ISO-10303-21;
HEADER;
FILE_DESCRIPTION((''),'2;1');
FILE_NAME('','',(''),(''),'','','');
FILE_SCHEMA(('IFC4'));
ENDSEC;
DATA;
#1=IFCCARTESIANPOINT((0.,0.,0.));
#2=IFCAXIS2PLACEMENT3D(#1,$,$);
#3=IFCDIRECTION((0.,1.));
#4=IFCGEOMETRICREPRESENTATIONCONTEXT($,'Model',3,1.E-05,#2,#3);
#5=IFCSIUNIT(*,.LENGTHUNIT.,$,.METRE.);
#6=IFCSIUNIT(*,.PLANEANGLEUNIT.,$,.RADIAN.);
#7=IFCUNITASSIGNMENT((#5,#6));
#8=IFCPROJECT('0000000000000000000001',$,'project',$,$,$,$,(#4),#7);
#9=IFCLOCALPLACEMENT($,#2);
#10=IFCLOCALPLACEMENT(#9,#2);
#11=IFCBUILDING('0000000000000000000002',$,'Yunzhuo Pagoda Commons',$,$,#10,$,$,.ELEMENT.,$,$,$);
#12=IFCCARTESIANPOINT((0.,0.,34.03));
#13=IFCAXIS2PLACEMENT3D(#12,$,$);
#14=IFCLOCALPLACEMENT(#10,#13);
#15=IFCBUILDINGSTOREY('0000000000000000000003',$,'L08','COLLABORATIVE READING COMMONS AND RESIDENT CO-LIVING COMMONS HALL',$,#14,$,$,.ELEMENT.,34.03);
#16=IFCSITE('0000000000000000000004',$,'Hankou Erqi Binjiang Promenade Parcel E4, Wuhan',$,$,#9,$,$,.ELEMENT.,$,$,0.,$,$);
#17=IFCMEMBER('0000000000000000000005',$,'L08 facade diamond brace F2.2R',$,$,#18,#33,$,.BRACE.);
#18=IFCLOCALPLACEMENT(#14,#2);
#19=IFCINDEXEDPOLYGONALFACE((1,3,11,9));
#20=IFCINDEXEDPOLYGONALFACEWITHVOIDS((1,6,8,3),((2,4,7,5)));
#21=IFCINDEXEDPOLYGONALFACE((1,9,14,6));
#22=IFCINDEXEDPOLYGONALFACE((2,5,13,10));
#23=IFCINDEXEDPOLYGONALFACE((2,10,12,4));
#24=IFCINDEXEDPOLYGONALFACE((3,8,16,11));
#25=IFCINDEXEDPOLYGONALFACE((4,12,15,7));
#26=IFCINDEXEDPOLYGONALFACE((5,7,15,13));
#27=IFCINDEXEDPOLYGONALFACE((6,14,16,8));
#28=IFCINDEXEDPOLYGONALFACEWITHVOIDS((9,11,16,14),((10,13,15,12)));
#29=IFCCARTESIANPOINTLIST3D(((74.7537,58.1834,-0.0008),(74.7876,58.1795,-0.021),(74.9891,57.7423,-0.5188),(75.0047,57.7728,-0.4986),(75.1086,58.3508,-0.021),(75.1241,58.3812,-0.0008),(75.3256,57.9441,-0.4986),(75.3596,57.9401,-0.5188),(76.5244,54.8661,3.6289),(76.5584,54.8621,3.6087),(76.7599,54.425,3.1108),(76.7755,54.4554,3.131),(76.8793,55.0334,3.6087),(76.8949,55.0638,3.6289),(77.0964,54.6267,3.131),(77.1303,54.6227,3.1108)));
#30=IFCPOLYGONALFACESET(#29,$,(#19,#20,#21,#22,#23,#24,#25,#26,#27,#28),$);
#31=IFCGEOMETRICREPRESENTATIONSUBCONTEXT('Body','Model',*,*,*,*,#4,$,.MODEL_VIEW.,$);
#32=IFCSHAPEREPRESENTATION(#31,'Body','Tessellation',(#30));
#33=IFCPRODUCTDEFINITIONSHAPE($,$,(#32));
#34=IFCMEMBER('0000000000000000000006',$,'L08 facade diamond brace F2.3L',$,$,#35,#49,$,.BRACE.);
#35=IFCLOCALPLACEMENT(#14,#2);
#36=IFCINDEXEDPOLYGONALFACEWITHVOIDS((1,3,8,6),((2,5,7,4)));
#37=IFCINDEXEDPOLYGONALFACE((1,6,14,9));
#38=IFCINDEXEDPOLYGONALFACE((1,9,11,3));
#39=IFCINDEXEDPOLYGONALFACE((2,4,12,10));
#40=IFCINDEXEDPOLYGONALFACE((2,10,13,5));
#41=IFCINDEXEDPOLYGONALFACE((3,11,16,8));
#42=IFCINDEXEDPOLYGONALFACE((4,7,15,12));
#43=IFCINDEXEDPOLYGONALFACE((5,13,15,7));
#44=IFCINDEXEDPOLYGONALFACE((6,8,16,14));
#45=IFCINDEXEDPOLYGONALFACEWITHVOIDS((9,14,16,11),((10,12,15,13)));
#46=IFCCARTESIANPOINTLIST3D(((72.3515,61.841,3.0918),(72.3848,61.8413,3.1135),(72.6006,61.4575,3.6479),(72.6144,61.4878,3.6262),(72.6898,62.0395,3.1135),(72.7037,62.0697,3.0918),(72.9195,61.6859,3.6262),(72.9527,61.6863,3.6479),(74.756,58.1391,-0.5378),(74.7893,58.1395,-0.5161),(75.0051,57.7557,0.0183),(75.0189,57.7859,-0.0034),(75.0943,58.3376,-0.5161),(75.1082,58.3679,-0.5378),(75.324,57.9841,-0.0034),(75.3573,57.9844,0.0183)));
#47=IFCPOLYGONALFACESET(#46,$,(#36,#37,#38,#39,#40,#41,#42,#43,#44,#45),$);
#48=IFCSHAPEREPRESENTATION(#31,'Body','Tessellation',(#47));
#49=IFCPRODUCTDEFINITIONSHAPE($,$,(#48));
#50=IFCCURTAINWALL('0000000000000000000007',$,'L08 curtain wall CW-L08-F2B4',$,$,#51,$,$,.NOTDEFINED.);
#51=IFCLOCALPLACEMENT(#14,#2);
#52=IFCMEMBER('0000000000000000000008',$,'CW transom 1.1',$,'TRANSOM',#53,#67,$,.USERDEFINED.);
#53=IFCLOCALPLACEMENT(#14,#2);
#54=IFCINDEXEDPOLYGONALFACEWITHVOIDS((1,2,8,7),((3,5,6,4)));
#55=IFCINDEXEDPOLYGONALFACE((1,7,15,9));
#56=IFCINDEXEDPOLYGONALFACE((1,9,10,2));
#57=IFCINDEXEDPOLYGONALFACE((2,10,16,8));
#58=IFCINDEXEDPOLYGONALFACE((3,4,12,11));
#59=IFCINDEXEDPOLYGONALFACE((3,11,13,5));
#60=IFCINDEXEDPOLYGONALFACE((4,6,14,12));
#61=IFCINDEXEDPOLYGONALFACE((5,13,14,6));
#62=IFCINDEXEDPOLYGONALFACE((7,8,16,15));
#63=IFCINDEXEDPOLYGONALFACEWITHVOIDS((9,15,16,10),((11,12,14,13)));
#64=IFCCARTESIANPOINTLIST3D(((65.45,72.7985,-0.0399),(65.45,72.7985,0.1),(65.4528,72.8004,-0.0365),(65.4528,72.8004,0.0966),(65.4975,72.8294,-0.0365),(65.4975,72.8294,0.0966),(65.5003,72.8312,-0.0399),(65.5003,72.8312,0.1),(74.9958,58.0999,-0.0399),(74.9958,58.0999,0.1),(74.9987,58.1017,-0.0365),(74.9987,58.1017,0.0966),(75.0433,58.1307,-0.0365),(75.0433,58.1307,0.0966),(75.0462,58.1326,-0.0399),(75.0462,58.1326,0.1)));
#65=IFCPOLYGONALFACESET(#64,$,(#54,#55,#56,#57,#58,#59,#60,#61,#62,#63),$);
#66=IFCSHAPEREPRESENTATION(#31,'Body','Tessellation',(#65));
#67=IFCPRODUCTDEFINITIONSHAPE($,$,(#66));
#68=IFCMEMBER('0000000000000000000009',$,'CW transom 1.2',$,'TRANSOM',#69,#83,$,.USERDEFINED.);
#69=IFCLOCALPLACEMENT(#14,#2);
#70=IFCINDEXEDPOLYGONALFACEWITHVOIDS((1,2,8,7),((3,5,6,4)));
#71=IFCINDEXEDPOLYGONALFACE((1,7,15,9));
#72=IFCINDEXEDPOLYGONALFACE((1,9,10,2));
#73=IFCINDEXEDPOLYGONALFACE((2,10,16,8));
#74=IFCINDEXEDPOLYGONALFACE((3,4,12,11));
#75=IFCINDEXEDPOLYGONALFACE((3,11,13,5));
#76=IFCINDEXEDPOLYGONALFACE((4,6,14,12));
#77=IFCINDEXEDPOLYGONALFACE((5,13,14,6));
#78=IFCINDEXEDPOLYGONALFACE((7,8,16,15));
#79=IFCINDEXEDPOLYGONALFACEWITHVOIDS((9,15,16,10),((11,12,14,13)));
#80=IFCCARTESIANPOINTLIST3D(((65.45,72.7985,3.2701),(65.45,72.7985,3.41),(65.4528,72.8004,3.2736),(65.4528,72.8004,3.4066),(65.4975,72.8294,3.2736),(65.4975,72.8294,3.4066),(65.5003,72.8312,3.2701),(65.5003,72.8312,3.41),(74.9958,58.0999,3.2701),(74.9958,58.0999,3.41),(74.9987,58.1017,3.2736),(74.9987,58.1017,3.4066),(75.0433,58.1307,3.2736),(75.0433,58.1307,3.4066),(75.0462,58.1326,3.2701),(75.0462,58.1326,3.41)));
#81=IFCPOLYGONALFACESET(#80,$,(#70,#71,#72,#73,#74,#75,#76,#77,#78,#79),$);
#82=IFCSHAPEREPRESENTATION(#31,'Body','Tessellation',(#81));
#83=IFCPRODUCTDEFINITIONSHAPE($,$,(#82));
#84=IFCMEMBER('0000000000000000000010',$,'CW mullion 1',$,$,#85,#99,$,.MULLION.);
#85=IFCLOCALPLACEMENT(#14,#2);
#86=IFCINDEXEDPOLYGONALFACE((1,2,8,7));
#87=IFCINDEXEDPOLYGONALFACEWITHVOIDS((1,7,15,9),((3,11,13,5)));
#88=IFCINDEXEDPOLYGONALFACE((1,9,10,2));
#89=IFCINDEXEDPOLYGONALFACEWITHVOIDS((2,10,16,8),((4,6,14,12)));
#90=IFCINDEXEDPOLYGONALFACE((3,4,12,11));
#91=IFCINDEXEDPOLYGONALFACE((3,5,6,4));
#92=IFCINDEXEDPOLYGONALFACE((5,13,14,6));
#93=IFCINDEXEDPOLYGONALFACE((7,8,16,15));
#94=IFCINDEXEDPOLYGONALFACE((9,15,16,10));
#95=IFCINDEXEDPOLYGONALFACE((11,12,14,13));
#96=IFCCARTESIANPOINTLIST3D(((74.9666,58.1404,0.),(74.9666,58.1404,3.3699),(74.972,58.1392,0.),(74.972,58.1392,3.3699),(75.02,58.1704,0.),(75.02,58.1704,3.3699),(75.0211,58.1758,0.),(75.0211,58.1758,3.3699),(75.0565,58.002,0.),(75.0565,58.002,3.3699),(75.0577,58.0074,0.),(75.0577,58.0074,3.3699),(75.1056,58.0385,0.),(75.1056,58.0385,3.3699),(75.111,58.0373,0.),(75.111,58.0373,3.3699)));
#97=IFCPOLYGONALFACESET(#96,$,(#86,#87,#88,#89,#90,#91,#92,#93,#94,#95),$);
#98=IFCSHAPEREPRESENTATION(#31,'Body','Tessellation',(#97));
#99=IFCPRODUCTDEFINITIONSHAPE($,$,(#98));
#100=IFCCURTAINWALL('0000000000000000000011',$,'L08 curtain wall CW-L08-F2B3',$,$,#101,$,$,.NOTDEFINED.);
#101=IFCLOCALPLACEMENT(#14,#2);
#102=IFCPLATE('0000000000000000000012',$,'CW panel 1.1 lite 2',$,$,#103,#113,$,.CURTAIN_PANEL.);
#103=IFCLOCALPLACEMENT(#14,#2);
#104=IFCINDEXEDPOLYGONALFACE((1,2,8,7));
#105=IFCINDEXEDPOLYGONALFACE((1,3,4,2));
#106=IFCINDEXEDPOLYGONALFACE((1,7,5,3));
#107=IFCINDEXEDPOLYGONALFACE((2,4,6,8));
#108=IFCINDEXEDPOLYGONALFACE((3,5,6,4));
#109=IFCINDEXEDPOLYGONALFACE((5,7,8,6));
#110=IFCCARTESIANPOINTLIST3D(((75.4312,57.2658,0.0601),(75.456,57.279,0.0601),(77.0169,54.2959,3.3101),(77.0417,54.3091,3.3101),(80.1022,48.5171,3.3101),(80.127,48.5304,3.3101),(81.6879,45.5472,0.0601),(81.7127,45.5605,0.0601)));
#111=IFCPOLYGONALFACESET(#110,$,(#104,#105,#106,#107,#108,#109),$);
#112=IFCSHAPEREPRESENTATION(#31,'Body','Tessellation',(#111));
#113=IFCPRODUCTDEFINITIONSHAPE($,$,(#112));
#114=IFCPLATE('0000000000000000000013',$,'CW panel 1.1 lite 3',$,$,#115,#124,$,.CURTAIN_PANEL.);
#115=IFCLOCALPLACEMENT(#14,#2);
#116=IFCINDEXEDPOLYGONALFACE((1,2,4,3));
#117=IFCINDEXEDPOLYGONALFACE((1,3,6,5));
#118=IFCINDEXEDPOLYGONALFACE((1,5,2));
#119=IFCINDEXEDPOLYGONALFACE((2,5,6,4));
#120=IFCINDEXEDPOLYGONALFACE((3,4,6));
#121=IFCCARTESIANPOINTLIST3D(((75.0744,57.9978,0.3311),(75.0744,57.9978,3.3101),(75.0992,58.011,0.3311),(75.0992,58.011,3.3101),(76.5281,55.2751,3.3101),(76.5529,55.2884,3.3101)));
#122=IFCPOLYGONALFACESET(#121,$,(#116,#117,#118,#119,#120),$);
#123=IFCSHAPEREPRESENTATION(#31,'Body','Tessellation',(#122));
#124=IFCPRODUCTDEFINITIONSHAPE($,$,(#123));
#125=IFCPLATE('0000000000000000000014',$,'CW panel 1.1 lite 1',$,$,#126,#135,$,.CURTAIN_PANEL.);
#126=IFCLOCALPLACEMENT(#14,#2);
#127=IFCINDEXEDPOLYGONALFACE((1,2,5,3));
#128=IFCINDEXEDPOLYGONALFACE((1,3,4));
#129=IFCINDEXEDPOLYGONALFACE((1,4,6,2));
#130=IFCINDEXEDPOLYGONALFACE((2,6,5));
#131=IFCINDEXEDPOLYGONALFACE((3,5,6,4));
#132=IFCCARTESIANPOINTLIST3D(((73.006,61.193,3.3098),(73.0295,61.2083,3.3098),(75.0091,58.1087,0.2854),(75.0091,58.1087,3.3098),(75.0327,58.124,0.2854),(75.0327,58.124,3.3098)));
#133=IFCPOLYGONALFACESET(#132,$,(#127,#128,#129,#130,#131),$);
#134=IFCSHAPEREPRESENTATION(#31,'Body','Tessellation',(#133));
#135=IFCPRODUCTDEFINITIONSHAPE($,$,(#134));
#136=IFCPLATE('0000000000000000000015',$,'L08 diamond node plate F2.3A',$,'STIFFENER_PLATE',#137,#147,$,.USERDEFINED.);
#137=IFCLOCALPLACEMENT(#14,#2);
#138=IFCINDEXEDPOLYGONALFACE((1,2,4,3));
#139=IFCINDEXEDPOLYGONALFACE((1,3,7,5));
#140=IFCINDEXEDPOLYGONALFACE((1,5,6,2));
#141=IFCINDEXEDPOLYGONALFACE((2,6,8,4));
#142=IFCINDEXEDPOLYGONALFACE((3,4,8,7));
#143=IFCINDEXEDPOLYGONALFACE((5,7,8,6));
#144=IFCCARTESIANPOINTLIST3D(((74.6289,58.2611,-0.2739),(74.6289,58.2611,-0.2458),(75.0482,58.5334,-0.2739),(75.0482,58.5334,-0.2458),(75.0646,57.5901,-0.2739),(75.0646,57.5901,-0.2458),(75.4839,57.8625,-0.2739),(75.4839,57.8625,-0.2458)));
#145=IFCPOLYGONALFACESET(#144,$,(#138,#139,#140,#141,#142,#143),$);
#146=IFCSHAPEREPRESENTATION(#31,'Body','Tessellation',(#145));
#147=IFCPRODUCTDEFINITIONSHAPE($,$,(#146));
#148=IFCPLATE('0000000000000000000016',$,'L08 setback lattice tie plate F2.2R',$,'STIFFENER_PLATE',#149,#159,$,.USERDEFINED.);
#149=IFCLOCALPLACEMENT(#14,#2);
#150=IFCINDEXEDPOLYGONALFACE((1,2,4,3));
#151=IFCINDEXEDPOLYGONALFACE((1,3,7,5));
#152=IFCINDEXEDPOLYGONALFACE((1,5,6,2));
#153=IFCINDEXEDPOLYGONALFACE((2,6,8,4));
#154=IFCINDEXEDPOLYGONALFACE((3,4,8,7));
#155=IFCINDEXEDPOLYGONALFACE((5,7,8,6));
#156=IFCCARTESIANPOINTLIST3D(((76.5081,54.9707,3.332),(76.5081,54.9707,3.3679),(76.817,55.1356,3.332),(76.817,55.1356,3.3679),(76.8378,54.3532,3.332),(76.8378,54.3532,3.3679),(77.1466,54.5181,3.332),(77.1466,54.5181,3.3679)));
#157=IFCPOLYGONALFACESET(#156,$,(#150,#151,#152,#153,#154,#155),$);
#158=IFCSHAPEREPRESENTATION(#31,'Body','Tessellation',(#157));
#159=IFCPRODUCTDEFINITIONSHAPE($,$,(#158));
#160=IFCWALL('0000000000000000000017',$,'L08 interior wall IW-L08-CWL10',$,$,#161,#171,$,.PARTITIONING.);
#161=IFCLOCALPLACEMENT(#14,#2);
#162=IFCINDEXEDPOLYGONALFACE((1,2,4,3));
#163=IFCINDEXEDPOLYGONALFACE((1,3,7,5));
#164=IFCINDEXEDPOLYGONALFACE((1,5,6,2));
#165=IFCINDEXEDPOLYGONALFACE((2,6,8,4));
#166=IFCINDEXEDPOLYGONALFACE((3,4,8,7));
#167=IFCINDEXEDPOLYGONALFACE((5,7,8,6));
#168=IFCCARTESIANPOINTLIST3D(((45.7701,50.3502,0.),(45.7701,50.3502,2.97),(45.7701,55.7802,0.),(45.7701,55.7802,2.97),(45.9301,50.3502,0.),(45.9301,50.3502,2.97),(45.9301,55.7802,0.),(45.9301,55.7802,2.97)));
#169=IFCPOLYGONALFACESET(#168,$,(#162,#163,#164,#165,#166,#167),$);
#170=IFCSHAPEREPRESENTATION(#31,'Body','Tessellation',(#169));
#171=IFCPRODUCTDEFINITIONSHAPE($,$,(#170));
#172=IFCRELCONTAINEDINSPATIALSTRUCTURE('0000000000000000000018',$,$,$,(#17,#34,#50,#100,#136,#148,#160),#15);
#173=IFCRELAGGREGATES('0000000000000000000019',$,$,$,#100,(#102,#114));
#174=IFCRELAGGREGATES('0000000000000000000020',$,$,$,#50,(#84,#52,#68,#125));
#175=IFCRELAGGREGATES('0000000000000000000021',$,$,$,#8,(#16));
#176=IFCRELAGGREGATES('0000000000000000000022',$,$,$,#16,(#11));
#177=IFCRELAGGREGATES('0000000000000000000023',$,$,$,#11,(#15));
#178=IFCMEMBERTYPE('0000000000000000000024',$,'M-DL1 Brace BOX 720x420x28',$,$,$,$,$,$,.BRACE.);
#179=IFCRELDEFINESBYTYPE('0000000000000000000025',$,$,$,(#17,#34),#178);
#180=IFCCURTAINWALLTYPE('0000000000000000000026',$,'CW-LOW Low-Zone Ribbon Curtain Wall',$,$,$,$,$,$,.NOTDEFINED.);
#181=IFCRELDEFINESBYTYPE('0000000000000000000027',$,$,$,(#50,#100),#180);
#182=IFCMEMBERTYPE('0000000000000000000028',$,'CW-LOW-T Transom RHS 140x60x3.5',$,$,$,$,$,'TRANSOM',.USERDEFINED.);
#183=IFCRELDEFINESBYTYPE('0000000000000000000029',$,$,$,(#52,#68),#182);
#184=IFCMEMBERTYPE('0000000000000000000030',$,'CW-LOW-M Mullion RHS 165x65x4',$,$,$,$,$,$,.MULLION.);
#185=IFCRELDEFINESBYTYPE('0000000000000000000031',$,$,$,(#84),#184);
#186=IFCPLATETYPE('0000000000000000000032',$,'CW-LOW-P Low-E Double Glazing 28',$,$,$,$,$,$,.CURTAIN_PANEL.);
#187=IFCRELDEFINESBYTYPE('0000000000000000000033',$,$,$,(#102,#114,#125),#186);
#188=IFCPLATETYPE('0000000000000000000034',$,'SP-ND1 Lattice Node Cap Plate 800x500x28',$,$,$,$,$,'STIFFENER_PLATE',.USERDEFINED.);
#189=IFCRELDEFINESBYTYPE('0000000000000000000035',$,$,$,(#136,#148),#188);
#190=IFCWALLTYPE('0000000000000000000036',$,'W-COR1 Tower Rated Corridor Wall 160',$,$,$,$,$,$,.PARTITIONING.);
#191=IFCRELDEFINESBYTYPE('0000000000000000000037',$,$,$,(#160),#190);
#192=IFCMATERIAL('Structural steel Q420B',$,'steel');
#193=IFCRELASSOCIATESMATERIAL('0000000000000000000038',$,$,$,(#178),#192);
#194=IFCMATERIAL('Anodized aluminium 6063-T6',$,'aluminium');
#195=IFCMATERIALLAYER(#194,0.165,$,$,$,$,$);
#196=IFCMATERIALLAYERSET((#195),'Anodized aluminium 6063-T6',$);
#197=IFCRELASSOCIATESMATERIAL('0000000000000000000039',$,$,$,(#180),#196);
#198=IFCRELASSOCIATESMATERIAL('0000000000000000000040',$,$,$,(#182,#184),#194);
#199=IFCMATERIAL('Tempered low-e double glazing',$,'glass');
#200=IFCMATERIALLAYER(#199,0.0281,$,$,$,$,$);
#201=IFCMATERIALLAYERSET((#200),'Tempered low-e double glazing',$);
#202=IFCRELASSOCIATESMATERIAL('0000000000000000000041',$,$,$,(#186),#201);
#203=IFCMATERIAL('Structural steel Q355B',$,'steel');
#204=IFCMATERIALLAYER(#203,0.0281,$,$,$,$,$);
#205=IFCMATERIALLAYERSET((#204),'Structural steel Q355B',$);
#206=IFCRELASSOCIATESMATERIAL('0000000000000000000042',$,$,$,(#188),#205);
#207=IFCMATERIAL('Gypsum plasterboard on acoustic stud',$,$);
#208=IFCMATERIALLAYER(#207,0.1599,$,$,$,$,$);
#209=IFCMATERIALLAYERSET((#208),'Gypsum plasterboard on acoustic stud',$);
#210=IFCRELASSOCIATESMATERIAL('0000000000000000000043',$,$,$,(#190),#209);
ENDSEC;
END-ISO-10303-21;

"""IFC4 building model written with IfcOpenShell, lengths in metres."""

from ifc_helpers import new_model, si_unit, direction, frame, frame_2d, origin, origin_2d, place, context, subcontext, project, spatial, polyline, rectangle, hollow_rectangle, outline, extrude, source, transform, mapped, material, layer, layer_set, material_profile, profile_set, type_object, element, aggregate, save


model = new_model("IFC4")

# Units and contexts
model_context = context("Model", 3, precision=1e-05, world=origin(), true_north=direction((0.0, 1.0)))
body_context = subcontext(model_context, "Body", "Model", "MODEL_VIEW")
ifc_project = project(units=[si_unit("LENGTHUNIT", "METRE"), si_unit("PLANEANGLEUNIT", "RADIAN")], contexts=[model_context])

# Site, building, storey
site_placement = place(None, origin())
site = spatial("IfcSite", under=ifc_project, at=site_placement, Name="Hankou Erqi Binjiang Promenade Parcel E4, Wuhan", CompositionType="ELEMENT", RefElevation=0.0)
building_placement = place(site_placement, origin())
building = spatial("IfcBuilding", under=site, at=building_placement, Name="Yunzhuo Pagoda Commons", CompositionType="ELEMENT")
storey_placement = place(building_placement, frame((0.0, 0.0, 34.03)))
storey = spatial("IfcBuildingStorey", under=building, at=storey_placement, Name="L08", Description="COLLABORATIVE READING COMMONS AND RESIDENT CO-LIVING COMMONS HALL", CompositionType="ELEMENT", Elevation=34.03)

# Shared definitions
ifc_material_1 = material(Name="Structural steel Q420B", Category="steel")

# Shared definitions
ifc_material_2 = material(Name="Structural steel Q355B", Category="steel")

# Members
ifc_material_profile_1 = material_profile(ifc_material_1, hollow_rectangle(XDim=0.4199, YDim=0.72, WallThickness=0.0281, at=origin_2d()), Name="Structural steel Q420B")
ifc_profile_set_1 = profile_set([ifc_material_profile_1], Name="Structural steel Q420B")
member_type_1 = type_object("IfcMemberType", Name="M-DL1 Brace BOX 720x420x28", PredefinedType="BRACE", material=ifc_profile_set_1)
shared_shape_1 = source(origin(), body_context, "Body", "SweptSolid", [
    extrude(hollow_rectangle(XDim=0.4199, YDim=0.72, WallThickness=0.0281, at=origin_2d()), origin(), (0.0, 0.0, 1.0), 5.2263),
])
member_1_placement = place(storey_placement, frame((75.0566, 58.0618, -0.2598), z_axis=(0.338812, -0.63474, 0.694487), x_axis=(0.882189, 0.470895, 0.0)))
element("IfcMember", 1, at=member_1_placement, inside=storey, type_object=member_type_1, Name="L08 facade diamond brace F2.2R", PredefinedType="BRACE", context=body_context, shape_type="MappedRepresentation", body=[
    mapped(shared_shape_1, transform((0.0, 0.0, 0.0), scale=1.0)),
])
shared_shape_2 = source(origin(), body_context, "Body", "SweptSolid", [
    extrude(hollow_rectangle(XDim=0.4199, YDim=0.72, WallThickness=0.0281, at=origin_2d()), origin(), (0.0, 0.0, 1.0), 5.7148),
])
member_2_placement = place(storey_placement, frame((75.0566, 58.0618, -0.2598), z_axis=(-0.420749, 0.647763, 0.635117), x_axis=(-0.838619, -0.544718, 0.0)))
element("IfcMember", 2, at=member_2_placement, inside=storey, type_object=member_type_1, Name="L08 facade diamond brace F2.3L", PredefinedType="BRACE", context=body_context, shape_type="MappedRepresentation", body=[
    mapped(shared_shape_2, transform((0.0, 0.0, 0.0), scale=1.0)),
])

# Curtain wall, members
ifc_material_3 = material(Name="Anodized aluminium 6063-T6", Category="aluminium")
ifc_layer_1 = layer(ifc_material_3, 0.165)
ifc_layer_set_1 = layer_set([ifc_layer_1], Name="Anodized aluminium 6063-T6")
curtain_wall_type = type_object("IfcCurtainWallType", Name="CW-LOW Low-Zone Ribbon Curtain Wall", PredefinedType="NOTDEFINED", material=ifc_layer_set_1)
curtain_wall_1_placement = place(storey_placement, origin())
curtain_wall_1 = element("IfcCurtainWall", 3, at=curtain_wall_1_placement, inside=storey, type_object=curtain_wall_type, Name="L08 curtain wall CW-L08-F2B4", PredefinedType="NOTDEFINED")
ifc_material_profile_2 = material_profile(ifc_material_3, hollow_rectangle(XDim=0.0601, YDim=0.1399, WallThickness=0.0034, at=origin_2d()), Name="Anodized aluminium 6063-T6")
ifc_profile_set_2 = profile_set([ifc_material_profile_2], Name="Anodized aluminium 6063-T6")
member_type_2 = type_object("IfcMemberType", Name="CW-LOW-T Transom RHS 140x60x3.5", ElementType="TRANSOM", PredefinedType="USERDEFINED", material=ifc_profile_set_2)
shared_shape_3 = source(origin(), body_context, "Body", "SweptSolid", [
    extrude(hollow_rectangle(XDim=0.0601, YDim=0.1399, WallThickness=0.0034, at=origin_2d()), origin(), (0.0, 0.0, 1.0), 17.5264),
])
member_3_placement = place(storey_placement, frame((75.021, 58.1162, 0.03), z_axis=(-0.544656, 0.838659, 0.0), x_axis=(-0.838659, -0.544656, 0.0)))
member_3 = element("IfcMember", 4, at=member_3_placement, type_object=member_type_2, Name="CW transom 1.1", ObjectType="TRANSOM", PredefinedType="USERDEFINED", context=body_context, shape_type="MappedRepresentation", body=[
    mapped(shared_shape_3, transform((0.0, 0.0, 0.0), scale=1.0)),
])
member_4_placement = place(storey_placement, frame((75.021, 58.1162, 3.3401), z_axis=(-0.544656, 0.838659, 0.0), x_axis=(-0.838659, -0.544656, 0.0)))
member_4 = element("IfcMember", 5, at=member_4_placement, type_object=member_type_2, Name="CW transom 1.2", ObjectType="TRANSOM", PredefinedType="USERDEFINED", context=body_context, shape_type="MappedRepresentation", body=[
    mapped(shared_shape_3, transform((0.0, 0.0, 0.0), scale=1.0)),
])
ifc_material_profile_3 = material_profile(ifc_material_3, hollow_rectangle(XDim=0.0649, YDim=0.165, WallThickness=0.0039, at=origin_2d()), Name="Anodized aluminium 6063-T6")
ifc_profile_set_3 = profile_set([ifc_material_profile_3], Name="Anodized aluminium 6063-T6")
member_type_3 = type_object("IfcMemberType", Name="CW-LOW-M Mullion RHS 165x65x4", PredefinedType="MULLION", material=ifc_profile_set_3)
shared_shape_4 = source(origin(), body_context, "Body", "SweptSolid", [
    extrude(hollow_rectangle(XDim=0.0649, YDim=0.165, WallThickness=0.0039, at=origin_2d()), origin(), (0.0, 0.0, 1.0), 3.3699),
])
member_5_placement = place(storey_placement, frame((75.0388, 58.0889, 0.0), z_axis=(0.0, 0.0, 1.0), x_axis=(-0.838652, -0.544667, 0.0)))
member_5 = element("IfcMember", 6, at=member_5_placement, type_object=member_type_3, Name="CW mullion 1", PredefinedType="MULLION", context=body_context, shape_type="MappedRepresentation", body=[
    mapped(shared_shape_4, transform((0.0, 0.0, 0.0), scale=1.0)),
])

# Curtain wall, plates
curtain_wall_2_placement = place(storey_placement, origin())
curtain_wall_2 = element("IfcCurtainWall", 7, at=curtain_wall_2_placement, inside=storey, type_object=curtain_wall_type, Name="L08 curtain wall CW-L08-F2B3", PredefinedType="NOTDEFINED")
ifc_material_4 = material(Name="Tempered low-e double glazing", Category="glass")
ifc_layer_2 = layer(ifc_material_4, 0.0281)
ifc_layer_set_2 = layer_set([ifc_layer_2], Name="Tempered low-e double glazing")
plate_type_1 = type_object("IfcPlateType", Name="CW-LOW-P Low-E Double Glazing 28", PredefinedType="CURTAIN_PANEL", material=ifc_layer_set_2)
plate_1_placement = place(storey_placement, frame((78.5596, 51.4065, 1.6851), z_axis=(0.882141, 0.470985, 0.0), x_axis=(-0.470985, 0.882141, 0.0)))
plate_1 = element("IfcPlate", 8, at=plate_1_placement, type_object=plate_type_1, Name="CW panel 1.1 lite 2", PredefinedType="CURTAIN_PANEL", context=body_context, shape_type="SweptSolid", body=[
    extrude(outline(polyline([(-6.6421, -1.625), (6.6421, -1.625), (3.2754, 1.625), (-3.2754, 1.625), (-6.6421, -1.625)])), origin(), (0.0, 0.0, 1.0), 0.0281),
])
plate_2_placement = place(storey_placement, frame((75.8013, 56.6365, 1.8206), z_axis=(0.882141, 0.470985, 0.0), x_axis=(-0.470985, 0.882141, 0.0)))
plate_2 = element("IfcPlate", 9, at=plate_2_placement, type_object=plate_type_1, Name="CW panel 1.1 lite 3", PredefinedType="CURTAIN_PANEL", context=body_context, shape_type="SweptSolid", body=[
    extrude(outline(polyline([(-1.5432, 1.4895), (1.5432, -1.4895), (1.5432, 1.4895), (-1.5432, 1.4895)])), origin(), (0.0, 0.0, 1.0), 0.0281),
])
aggregate(curtain_wall_2, [plate_1, plate_2])

# Plate
plate_3_placement = place(storey_placement, frame((74.0076, 59.6509, 1.7976), z_axis=(0.838652, 0.544667, 0.0), x_axis=(-0.544667, 0.838652, 0.0)))
plate_3 = element("IfcPlate", 10, at=plate_3_placement, type_object=plate_type_1, Name="CW panel 1.1 lite 1", PredefinedType="CURTAIN_PANEL", context=body_context, shape_type="SweptSolid", body=[
    extrude(outline(polyline([(-1.8389, -1.5122), (1.8389, 1.5122), (-1.8389, 1.5122), (-1.8389, -1.5122)])), origin(), (0.0, 0.0, 1.0), 0.0281),
])
aggregate(curtain_wall_1, [member_5, member_3, member_4, plate_3])

# Plates
ifc_layer_3 = layer(ifc_material_2, 0.0281)
ifc_layer_set_3 = layer_set([ifc_layer_3], Name="Structural steel Q355B")
plate_type_2 = type_object("IfcPlateType", Name="SP-ND1 Lattice Node Cap Plate 800x500x28", ElementType="STIFFENER_PLATE", PredefinedType="USERDEFINED", material=ifc_layer_set_3)
shared_shape_5 = source(origin(), body_context, "Body", "SweptSolid", [
    extrude(rectangle(XDim=0.8, YDim=0.5, at=origin_2d()), origin(), (0.0, 0.0, 1.0), 0.0281),
])
plate_4_placement = place(storey_placement, frame((75.0564, 58.0618, -0.2739), z_axis=(0.0, 0.0, 1.0), x_axis=(-0.544668, 0.838652, 0.0)))
element("IfcPlate", 11, at=plate_4_placement, inside=storey, type_object=plate_type_2, Name="L08 diamond node plate F2.3A", ObjectType="STIFFENER_PLATE", PredefinedType="USERDEFINED", context=body_context, shape_type="MappedRepresentation", body=[
    mapped(shared_shape_5, transform((0.0, 0.0, 0.0), scale=1.0)),
])
shared_shape_6 = source(origin(), body_context, "Body", "SweptSolid", [
    extrude(rectangle(XDim=0.7, YDim=0.3501, at=origin_2d()), origin(), (0.0, 0.0, 1.0), 0.0359),
])
plate_5_placement = place(storey_placement, frame((76.8274, 54.7444, 3.332), z_axis=(0.0, 0.0, 1.0), x_axis=(-0.470981, 0.882143, 0.0)))
element("IfcPlate", 12, at=plate_5_placement, inside=storey, type_object=plate_type_2, Name="L08 setback lattice tie plate F2.2R", ObjectType="STIFFENER_PLATE", PredefinedType="USERDEFINED", context=body_context, shape_type="MappedRepresentation", body=[
    mapped(shared_shape_6, transform((0.0, 0.0, 0.0), scale=1.0)),
])

# Wall
ifc_material_5 = material(Name="Gypsum plasterboard on acoustic stud")
ifc_layer_4 = layer(ifc_material_5, 0.1599)
ifc_layer_set_4 = layer_set([ifc_layer_4], Name="Gypsum plasterboard on acoustic stud")
wall_type_1 = type_object("IfcWallType", Name="W-COR1 Tower Rated Corridor Wall 160", PredefinedType="PARTITIONING", material=ifc_layer_set_4)
wall_1_placement = place(storey_placement, frame((45.8501, 55.78, 0.0), z_axis=(0.0, 0.0, 1.0), x_axis=(0.0, -1.0, 0.0)))
element("IfcWall", 13, at=wall_1_placement, inside=storey, type_object=wall_type_1, Name="L08 interior wall IW-L08-CWL10", PredefinedType="PARTITIONING", context=body_context, shape_type="SweptSolid", body=[
    extrude(rectangle(XDim=5.4299, YDim=0.1599, at=frame_2d((2.7148, 0.0))), origin(), (0.0, 0.0, 1.0), 2.97),
])

save(model, "model.ifc")
